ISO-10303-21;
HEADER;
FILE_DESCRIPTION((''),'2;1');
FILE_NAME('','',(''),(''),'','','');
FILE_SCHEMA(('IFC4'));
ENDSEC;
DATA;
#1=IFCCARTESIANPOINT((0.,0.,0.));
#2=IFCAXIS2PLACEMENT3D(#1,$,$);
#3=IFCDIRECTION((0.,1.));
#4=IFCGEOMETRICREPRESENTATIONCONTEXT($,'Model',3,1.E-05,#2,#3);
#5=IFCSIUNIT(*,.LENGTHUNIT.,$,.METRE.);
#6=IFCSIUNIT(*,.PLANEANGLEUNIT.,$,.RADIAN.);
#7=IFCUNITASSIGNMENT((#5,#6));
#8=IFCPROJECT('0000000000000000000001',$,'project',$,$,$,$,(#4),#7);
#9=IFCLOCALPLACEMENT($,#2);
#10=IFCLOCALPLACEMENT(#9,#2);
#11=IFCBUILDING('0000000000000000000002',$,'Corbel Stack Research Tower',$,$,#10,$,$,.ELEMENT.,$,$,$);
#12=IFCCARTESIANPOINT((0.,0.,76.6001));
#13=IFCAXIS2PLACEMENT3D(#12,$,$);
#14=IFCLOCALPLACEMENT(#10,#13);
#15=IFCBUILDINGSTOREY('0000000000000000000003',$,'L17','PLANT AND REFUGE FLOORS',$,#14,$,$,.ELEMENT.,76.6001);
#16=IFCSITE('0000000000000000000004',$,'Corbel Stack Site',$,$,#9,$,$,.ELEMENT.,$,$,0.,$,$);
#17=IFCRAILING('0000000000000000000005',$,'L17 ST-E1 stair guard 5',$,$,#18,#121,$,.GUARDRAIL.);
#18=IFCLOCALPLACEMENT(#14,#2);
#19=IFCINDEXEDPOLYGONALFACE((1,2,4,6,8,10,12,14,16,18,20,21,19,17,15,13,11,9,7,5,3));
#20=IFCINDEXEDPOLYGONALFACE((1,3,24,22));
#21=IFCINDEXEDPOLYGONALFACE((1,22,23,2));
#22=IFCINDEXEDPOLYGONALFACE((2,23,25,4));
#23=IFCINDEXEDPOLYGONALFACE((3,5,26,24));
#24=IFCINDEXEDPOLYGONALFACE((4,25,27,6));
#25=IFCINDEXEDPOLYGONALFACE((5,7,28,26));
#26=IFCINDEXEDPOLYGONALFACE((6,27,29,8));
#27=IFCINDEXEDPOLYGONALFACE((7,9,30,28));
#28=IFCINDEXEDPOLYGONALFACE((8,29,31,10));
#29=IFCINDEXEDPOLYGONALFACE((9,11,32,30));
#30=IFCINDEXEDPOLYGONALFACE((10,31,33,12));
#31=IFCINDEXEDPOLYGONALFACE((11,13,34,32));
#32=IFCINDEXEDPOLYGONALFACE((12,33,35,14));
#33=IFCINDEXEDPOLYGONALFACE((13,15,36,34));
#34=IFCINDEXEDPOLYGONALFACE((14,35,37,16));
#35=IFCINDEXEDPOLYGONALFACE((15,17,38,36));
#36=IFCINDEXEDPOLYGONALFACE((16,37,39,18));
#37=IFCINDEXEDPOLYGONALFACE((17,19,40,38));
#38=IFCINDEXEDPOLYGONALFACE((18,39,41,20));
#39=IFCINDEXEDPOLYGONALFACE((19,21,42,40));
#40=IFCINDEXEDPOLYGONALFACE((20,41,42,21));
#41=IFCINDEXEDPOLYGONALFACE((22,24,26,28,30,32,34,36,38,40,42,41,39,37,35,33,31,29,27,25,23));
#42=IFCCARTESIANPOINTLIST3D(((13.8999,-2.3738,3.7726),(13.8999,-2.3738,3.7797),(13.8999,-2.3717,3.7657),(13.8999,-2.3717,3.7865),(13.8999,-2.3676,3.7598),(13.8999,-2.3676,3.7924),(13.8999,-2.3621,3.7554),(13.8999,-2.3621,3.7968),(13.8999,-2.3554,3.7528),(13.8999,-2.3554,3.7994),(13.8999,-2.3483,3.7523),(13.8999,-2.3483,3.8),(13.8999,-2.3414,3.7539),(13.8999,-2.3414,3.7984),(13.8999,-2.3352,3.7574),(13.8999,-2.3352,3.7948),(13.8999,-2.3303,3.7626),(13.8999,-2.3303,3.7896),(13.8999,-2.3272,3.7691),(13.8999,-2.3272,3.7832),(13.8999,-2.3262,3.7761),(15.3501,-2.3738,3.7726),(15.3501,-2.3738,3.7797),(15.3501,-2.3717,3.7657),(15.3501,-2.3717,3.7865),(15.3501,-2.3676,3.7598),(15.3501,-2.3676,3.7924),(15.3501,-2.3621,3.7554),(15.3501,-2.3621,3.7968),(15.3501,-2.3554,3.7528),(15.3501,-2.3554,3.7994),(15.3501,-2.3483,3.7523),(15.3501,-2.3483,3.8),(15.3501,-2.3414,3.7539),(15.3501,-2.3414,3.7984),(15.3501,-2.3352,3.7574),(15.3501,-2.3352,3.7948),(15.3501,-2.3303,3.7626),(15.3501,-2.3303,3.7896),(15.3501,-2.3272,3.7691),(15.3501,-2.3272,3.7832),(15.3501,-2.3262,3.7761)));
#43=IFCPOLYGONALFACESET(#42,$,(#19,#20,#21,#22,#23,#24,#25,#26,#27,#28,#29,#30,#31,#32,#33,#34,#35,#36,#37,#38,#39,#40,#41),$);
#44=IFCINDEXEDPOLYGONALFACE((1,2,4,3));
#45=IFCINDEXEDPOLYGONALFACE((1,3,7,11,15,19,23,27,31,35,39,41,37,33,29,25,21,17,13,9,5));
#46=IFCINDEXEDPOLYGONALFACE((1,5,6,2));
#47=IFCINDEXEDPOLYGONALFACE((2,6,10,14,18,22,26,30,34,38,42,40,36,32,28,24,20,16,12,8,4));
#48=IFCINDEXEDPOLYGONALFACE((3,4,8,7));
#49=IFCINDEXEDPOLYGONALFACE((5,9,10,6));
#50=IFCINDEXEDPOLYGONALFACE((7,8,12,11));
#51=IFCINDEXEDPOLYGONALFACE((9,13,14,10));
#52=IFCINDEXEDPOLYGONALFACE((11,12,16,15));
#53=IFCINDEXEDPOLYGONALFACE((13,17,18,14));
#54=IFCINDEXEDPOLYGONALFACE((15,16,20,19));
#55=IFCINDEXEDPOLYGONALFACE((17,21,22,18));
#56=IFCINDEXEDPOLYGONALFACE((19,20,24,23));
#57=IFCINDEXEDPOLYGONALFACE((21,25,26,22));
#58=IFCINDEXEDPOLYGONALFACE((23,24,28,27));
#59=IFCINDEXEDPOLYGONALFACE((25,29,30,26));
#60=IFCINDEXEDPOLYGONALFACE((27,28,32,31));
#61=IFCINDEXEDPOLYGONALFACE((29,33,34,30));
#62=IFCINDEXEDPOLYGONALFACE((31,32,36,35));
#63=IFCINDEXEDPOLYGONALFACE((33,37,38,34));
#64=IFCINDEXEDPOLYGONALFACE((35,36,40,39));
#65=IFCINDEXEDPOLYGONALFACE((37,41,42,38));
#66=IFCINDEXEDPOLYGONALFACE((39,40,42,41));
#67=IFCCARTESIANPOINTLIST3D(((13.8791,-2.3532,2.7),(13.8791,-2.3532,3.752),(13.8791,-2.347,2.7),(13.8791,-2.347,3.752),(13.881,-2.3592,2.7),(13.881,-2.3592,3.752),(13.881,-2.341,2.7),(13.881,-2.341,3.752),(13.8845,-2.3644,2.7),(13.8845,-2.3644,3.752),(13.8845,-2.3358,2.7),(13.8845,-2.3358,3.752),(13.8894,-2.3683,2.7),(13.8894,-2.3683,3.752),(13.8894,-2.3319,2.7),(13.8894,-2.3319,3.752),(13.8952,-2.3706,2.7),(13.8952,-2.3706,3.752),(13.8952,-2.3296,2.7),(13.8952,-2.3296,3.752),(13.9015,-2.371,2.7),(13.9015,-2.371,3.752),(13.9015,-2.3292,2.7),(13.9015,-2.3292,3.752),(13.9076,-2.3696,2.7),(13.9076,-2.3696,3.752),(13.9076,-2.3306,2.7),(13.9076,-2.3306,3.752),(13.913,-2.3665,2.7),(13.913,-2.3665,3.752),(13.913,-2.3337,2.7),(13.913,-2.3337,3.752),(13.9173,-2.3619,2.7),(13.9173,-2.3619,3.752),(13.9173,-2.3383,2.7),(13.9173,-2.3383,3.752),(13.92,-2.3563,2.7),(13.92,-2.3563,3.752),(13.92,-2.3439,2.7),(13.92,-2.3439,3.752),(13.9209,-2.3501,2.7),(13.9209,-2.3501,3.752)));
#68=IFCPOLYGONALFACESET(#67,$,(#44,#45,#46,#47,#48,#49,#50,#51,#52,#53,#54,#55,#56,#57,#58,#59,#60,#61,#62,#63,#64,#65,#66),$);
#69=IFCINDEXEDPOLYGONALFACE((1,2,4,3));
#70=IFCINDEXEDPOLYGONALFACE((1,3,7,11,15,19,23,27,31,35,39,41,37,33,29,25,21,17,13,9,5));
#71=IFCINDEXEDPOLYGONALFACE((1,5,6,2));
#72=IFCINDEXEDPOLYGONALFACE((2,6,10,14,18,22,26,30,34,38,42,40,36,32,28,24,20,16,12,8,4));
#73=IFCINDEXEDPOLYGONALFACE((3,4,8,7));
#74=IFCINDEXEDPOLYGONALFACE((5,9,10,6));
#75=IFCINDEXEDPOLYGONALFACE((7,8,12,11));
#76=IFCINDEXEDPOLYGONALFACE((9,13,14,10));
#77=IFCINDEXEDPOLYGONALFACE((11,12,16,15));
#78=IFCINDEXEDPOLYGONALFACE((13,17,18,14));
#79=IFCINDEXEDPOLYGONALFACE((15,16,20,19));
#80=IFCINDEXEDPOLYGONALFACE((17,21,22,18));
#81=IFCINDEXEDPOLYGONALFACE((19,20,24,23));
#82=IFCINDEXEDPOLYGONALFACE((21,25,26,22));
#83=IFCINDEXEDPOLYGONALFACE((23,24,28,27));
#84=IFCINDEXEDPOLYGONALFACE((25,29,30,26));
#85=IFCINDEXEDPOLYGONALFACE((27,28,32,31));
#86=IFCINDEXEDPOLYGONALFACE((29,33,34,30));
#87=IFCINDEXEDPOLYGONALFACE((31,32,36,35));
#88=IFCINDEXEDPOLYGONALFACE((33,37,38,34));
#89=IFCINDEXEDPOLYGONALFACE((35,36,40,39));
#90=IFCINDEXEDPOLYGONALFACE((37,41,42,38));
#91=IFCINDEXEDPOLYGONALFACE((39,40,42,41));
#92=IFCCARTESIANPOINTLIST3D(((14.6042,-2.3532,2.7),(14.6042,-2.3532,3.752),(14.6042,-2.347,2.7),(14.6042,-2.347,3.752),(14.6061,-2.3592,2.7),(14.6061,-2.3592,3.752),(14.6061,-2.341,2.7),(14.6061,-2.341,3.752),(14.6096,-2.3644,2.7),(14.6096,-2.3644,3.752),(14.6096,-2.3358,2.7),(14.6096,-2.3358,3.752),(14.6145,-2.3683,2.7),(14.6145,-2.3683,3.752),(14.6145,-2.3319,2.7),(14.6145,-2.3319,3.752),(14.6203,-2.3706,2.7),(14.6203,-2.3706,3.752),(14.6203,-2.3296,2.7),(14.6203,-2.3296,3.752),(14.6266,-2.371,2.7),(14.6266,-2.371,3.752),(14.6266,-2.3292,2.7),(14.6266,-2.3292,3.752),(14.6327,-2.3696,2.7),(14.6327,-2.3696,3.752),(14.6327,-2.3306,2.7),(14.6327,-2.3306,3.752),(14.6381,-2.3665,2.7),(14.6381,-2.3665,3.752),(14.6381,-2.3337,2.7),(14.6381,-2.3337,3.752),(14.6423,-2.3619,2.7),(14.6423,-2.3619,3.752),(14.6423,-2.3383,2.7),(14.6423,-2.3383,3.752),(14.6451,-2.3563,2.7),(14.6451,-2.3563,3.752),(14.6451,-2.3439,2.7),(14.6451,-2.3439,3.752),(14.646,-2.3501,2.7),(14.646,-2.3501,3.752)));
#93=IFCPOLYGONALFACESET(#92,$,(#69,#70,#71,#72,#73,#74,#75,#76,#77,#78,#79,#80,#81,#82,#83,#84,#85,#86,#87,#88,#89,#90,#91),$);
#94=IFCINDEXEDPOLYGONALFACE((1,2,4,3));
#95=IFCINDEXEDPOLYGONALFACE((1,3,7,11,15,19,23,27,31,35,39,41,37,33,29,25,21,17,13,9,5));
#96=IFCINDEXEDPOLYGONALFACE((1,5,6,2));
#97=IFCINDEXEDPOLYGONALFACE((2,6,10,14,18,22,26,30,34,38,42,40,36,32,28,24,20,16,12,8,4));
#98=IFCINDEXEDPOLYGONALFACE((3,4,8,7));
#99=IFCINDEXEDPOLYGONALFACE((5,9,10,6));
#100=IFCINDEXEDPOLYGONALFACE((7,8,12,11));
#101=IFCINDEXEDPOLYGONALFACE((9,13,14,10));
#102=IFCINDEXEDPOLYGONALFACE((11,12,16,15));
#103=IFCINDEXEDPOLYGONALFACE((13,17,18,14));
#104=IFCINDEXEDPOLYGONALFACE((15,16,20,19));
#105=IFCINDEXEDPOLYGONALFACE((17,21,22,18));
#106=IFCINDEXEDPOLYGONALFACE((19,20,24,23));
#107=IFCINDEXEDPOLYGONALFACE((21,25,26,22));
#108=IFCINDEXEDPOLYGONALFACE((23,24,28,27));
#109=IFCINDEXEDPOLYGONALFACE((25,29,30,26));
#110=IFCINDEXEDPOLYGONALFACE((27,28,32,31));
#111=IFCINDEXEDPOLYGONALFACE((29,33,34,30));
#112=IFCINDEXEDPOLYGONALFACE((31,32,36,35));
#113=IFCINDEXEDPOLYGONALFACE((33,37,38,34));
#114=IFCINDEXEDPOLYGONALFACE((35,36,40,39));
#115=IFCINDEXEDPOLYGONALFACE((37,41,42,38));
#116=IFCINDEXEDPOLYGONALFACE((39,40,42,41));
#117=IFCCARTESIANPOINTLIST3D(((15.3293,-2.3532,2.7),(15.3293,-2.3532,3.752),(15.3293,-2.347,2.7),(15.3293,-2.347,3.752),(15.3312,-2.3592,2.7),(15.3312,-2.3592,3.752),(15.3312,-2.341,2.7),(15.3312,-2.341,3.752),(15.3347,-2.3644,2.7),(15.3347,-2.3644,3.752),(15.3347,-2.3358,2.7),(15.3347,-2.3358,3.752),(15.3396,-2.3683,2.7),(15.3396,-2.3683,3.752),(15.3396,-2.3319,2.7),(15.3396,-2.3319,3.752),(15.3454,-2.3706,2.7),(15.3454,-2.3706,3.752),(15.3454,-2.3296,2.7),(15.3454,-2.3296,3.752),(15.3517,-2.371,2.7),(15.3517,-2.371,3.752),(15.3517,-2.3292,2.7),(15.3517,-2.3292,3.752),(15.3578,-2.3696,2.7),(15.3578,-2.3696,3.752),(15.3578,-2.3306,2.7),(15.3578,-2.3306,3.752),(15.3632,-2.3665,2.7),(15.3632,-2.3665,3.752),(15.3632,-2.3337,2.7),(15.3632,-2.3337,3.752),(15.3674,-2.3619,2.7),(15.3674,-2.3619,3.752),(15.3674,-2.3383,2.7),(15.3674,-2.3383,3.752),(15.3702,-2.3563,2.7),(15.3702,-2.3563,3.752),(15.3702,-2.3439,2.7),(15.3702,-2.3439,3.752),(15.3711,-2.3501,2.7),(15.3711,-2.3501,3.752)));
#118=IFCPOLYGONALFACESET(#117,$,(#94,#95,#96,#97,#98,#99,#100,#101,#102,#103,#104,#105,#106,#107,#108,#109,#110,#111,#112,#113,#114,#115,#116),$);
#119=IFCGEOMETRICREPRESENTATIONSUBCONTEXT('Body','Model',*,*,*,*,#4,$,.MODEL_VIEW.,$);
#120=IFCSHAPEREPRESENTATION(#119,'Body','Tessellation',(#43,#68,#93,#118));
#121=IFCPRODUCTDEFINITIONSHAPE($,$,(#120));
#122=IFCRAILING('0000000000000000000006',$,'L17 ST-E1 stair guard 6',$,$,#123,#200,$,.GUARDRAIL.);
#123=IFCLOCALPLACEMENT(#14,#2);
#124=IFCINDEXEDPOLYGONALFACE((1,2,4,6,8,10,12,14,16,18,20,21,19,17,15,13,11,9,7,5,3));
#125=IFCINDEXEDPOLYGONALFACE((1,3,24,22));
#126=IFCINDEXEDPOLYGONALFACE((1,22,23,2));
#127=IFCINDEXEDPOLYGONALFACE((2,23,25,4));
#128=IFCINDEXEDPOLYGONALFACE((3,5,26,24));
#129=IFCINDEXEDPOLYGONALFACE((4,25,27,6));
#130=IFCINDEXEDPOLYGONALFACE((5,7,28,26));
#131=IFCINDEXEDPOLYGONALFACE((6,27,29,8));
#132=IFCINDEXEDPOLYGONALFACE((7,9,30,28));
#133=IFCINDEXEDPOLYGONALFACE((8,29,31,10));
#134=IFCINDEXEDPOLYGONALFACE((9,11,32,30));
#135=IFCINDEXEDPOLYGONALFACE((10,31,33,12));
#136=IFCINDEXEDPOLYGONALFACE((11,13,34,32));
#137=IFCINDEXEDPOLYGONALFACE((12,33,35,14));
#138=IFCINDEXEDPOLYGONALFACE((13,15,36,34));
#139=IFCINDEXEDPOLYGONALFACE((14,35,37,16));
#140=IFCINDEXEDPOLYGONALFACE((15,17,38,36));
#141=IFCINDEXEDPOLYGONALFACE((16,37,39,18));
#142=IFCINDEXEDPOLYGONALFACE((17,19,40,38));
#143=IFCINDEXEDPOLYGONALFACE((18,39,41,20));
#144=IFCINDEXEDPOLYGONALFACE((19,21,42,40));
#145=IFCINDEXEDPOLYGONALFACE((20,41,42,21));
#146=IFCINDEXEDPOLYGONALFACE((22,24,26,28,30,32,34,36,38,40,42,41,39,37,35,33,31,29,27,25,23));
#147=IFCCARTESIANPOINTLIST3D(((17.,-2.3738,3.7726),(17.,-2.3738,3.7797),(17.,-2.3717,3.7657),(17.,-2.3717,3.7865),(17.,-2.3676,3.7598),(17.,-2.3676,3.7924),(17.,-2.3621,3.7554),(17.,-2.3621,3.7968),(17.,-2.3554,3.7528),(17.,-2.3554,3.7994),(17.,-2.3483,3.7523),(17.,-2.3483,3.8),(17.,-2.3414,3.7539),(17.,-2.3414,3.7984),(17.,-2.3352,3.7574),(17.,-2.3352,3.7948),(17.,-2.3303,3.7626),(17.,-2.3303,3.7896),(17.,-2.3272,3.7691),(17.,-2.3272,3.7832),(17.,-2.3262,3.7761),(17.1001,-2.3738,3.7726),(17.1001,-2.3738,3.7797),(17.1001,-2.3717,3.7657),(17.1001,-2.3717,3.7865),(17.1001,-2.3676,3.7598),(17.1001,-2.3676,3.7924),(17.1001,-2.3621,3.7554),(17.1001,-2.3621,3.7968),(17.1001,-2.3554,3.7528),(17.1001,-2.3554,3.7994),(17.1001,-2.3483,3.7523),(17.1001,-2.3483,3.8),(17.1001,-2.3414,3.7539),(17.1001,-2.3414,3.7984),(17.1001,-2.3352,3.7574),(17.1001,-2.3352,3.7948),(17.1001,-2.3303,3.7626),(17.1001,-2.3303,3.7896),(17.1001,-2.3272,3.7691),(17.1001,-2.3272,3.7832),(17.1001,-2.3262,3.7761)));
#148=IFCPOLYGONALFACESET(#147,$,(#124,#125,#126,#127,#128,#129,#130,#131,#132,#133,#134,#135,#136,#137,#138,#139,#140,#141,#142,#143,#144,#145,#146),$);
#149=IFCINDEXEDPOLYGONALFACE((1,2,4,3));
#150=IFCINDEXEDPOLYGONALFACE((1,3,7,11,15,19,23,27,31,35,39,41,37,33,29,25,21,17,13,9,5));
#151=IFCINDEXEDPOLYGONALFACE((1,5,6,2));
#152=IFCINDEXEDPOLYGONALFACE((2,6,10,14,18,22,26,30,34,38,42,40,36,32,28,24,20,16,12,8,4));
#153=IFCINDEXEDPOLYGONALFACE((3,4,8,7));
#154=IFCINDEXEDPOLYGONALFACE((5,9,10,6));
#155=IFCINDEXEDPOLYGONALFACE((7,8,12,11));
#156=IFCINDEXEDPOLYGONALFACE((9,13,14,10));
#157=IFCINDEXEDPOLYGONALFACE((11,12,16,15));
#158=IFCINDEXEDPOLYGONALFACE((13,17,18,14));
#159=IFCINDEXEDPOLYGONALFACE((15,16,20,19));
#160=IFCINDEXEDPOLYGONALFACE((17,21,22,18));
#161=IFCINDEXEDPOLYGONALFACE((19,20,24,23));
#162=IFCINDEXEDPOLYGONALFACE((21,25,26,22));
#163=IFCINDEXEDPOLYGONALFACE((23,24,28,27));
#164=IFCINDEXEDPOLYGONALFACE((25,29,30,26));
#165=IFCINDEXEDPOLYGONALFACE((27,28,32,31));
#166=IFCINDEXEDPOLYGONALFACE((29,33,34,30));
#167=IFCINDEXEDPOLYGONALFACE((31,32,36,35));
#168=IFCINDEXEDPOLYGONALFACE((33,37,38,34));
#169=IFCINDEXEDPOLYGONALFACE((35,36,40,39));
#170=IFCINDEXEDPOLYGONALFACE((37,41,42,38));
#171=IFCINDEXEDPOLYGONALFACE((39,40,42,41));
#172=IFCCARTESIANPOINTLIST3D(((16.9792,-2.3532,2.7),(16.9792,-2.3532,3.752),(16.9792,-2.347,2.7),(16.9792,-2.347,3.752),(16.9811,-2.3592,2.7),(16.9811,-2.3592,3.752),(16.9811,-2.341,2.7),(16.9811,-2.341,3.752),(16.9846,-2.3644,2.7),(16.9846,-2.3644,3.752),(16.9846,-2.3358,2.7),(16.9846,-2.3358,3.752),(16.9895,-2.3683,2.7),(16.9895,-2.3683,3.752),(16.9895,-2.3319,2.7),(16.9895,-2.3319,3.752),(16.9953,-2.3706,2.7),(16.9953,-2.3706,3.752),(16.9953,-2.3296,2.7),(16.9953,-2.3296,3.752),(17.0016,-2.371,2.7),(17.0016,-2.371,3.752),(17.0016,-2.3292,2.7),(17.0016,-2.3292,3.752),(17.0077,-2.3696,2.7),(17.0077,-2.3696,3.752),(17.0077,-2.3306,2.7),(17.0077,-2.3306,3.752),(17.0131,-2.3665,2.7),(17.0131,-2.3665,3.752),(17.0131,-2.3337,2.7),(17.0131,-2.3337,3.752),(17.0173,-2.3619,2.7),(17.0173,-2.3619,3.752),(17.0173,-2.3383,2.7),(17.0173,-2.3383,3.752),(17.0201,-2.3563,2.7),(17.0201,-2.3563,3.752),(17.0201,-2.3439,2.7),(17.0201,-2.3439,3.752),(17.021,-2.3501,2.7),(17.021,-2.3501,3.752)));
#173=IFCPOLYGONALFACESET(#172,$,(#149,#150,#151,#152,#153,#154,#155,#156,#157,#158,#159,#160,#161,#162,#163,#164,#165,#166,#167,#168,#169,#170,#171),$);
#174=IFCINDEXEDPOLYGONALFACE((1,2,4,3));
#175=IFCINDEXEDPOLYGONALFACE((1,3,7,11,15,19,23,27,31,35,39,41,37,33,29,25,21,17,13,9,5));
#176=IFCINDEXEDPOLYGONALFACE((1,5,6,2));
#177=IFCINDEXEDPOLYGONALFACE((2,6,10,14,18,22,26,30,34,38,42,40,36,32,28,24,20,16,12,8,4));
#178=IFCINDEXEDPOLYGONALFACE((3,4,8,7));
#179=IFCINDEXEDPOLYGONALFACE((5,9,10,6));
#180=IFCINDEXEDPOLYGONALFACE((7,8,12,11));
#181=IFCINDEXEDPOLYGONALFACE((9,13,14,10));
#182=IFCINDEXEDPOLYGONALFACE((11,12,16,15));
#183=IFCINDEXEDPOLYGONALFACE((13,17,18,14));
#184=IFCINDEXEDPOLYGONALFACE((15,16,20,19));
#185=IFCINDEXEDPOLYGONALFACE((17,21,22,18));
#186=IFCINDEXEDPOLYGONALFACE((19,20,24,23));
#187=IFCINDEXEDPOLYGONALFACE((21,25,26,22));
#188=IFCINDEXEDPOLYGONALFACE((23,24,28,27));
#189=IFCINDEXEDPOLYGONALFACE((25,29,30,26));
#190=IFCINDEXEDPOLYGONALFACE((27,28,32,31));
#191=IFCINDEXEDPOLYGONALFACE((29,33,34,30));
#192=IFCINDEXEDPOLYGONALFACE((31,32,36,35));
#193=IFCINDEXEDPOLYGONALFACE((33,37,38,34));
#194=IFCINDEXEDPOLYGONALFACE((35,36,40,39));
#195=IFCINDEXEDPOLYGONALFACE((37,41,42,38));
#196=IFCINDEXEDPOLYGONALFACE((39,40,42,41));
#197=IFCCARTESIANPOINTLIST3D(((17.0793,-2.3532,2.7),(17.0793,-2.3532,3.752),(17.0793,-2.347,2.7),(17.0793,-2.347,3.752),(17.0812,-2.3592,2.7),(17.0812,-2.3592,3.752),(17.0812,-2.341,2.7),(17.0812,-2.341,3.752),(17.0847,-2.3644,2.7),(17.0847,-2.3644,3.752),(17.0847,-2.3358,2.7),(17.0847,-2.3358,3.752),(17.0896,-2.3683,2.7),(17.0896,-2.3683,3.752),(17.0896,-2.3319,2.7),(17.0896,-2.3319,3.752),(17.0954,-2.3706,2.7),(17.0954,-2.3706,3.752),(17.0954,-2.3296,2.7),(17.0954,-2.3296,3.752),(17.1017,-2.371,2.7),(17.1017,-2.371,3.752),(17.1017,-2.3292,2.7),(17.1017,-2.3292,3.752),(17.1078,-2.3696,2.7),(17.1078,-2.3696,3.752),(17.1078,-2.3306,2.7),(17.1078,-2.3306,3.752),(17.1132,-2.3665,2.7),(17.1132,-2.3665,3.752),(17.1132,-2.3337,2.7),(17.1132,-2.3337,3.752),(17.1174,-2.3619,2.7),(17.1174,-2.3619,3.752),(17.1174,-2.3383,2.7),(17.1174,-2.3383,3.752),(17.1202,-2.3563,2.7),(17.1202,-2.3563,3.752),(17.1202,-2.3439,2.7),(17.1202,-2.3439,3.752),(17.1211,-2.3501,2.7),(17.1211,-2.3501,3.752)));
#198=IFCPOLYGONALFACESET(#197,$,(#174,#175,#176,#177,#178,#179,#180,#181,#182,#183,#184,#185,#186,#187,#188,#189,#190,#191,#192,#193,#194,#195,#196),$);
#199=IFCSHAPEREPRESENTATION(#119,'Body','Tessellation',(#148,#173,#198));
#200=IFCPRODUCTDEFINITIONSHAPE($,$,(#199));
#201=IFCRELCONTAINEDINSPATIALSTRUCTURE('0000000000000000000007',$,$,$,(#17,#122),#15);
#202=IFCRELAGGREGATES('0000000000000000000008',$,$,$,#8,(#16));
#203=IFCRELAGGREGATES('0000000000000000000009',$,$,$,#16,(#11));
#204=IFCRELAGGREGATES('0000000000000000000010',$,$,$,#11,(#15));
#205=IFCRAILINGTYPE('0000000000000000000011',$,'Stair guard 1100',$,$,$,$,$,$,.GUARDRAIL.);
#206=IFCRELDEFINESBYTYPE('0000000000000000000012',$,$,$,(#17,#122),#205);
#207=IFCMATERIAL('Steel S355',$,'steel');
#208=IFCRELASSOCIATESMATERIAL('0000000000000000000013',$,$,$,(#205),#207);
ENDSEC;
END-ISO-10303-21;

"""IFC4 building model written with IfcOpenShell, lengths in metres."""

from ifc_helpers import new_model, si_unit, direction, frame, origin, origin_2d, place, context, subcontext, project, spatial, circle, extrude, material, type_object, element, save


model = new_model("IFC4")

# Units and contexts
model_context = context("Model", 3, precision=1e-05, world=origin(), true_north=direction((0.0, 1.0)))
body_context = subcontext(model_context, "Body", "Model", "MODEL_VIEW")
ifc_project = project(units=[si_unit("LENGTHUNIT", "METRE"), si_unit("PLANEANGLEUNIT", "RADIAN")], contexts=[model_context])

# Site, building, storey
site_placement = place(None, origin())
site = spatial("IfcSite", under=ifc_project, at=site_placement, Name="Corbel Stack Site", CompositionType="ELEMENT", RefElevation=0.0)
building_placement = place(site_placement, origin())
building = spatial("IfcBuilding", under=site, at=building_placement, Name="Corbel Stack Research Tower", CompositionType="ELEMENT")
storey_placement = place(building_placement, frame((0.0, 0.0, 76.6001)))
storey = spatial("IfcBuildingStorey", under=building, at=storey_placement, Name="L17", Description="PLANT AND REFUGE FLOORS", CompositionType="ELEMENT", Elevation=76.6001)

# Railings
ifc_material_1 = material(Name="Steel S355", Category="steel")
railing_type_1 = type_object("IfcRailingType", Name="Stair guard 1100", PredefinedType="GUARDRAIL", material=ifc_material_1)
railing_1_placement = place(storey_placement, frame((13.8999, -2.3501, 2.7)))
element("IfcRailing", 1, at=railing_1_placement, inside=storey, type_object=railing_type_1, Name="L17 ST-E1 stair guard 5", PredefinedType="GUARDRAIL", context=body_context, shape_type="SweptSolid", body=[
    extrude(circle(Radius=0.0239, at=origin_2d()), frame((0.0, 0.0, 1.0762), z_axis=(1.0, 0.0, 0.0), x_axis=(0.0, 1.0, 0.0)), (0.0, 0.0, 1.0), 1.4502),
    extrude(circle(Radius=0.021, at=origin_2d()), origin(), (0.0, 0.0, 1.0), 1.052),
    extrude(circle(Radius=0.021, at=origin_2d()), frame((0.7251, 0.0, 0.0)), (0.0, 0.0, 1.0), 1.052),
    extrude(circle(Radius=0.021, at=origin_2d()), frame((1.4502, 0.0, 0.0)), (0.0, 0.0, 1.0), 1.052),
])
railing_2_placement = place(storey_placement, frame((17.0, -2.3501, 2.7)))
element("IfcRailing", 2, at=railing_2_placement, inside=storey, type_object=railing_type_1, Name="L17 ST-E1 stair guard 6", PredefinedType="GUARDRAIL", context=body_context, shape_type="SweptSolid", body=[
    extrude(circle(Radius=0.0239, at=origin_2d()), frame((0.0, 0.0, 1.0762), z_axis=(1.0, 0.0, 0.0), x_axis=(0.0, 1.0, 0.0)), (0.0, 0.0, 1.0), 0.1001),
    extrude(circle(Radius=0.021, at=origin_2d()), origin(), (0.0, 0.0, 1.0), 1.052),
    extrude(circle(Radius=0.021, at=origin_2d()), frame((0.1001, 0.0, 0.0)), (0.0, 0.0, 1.0), 1.052),
])

save(model, "model.ifc")
